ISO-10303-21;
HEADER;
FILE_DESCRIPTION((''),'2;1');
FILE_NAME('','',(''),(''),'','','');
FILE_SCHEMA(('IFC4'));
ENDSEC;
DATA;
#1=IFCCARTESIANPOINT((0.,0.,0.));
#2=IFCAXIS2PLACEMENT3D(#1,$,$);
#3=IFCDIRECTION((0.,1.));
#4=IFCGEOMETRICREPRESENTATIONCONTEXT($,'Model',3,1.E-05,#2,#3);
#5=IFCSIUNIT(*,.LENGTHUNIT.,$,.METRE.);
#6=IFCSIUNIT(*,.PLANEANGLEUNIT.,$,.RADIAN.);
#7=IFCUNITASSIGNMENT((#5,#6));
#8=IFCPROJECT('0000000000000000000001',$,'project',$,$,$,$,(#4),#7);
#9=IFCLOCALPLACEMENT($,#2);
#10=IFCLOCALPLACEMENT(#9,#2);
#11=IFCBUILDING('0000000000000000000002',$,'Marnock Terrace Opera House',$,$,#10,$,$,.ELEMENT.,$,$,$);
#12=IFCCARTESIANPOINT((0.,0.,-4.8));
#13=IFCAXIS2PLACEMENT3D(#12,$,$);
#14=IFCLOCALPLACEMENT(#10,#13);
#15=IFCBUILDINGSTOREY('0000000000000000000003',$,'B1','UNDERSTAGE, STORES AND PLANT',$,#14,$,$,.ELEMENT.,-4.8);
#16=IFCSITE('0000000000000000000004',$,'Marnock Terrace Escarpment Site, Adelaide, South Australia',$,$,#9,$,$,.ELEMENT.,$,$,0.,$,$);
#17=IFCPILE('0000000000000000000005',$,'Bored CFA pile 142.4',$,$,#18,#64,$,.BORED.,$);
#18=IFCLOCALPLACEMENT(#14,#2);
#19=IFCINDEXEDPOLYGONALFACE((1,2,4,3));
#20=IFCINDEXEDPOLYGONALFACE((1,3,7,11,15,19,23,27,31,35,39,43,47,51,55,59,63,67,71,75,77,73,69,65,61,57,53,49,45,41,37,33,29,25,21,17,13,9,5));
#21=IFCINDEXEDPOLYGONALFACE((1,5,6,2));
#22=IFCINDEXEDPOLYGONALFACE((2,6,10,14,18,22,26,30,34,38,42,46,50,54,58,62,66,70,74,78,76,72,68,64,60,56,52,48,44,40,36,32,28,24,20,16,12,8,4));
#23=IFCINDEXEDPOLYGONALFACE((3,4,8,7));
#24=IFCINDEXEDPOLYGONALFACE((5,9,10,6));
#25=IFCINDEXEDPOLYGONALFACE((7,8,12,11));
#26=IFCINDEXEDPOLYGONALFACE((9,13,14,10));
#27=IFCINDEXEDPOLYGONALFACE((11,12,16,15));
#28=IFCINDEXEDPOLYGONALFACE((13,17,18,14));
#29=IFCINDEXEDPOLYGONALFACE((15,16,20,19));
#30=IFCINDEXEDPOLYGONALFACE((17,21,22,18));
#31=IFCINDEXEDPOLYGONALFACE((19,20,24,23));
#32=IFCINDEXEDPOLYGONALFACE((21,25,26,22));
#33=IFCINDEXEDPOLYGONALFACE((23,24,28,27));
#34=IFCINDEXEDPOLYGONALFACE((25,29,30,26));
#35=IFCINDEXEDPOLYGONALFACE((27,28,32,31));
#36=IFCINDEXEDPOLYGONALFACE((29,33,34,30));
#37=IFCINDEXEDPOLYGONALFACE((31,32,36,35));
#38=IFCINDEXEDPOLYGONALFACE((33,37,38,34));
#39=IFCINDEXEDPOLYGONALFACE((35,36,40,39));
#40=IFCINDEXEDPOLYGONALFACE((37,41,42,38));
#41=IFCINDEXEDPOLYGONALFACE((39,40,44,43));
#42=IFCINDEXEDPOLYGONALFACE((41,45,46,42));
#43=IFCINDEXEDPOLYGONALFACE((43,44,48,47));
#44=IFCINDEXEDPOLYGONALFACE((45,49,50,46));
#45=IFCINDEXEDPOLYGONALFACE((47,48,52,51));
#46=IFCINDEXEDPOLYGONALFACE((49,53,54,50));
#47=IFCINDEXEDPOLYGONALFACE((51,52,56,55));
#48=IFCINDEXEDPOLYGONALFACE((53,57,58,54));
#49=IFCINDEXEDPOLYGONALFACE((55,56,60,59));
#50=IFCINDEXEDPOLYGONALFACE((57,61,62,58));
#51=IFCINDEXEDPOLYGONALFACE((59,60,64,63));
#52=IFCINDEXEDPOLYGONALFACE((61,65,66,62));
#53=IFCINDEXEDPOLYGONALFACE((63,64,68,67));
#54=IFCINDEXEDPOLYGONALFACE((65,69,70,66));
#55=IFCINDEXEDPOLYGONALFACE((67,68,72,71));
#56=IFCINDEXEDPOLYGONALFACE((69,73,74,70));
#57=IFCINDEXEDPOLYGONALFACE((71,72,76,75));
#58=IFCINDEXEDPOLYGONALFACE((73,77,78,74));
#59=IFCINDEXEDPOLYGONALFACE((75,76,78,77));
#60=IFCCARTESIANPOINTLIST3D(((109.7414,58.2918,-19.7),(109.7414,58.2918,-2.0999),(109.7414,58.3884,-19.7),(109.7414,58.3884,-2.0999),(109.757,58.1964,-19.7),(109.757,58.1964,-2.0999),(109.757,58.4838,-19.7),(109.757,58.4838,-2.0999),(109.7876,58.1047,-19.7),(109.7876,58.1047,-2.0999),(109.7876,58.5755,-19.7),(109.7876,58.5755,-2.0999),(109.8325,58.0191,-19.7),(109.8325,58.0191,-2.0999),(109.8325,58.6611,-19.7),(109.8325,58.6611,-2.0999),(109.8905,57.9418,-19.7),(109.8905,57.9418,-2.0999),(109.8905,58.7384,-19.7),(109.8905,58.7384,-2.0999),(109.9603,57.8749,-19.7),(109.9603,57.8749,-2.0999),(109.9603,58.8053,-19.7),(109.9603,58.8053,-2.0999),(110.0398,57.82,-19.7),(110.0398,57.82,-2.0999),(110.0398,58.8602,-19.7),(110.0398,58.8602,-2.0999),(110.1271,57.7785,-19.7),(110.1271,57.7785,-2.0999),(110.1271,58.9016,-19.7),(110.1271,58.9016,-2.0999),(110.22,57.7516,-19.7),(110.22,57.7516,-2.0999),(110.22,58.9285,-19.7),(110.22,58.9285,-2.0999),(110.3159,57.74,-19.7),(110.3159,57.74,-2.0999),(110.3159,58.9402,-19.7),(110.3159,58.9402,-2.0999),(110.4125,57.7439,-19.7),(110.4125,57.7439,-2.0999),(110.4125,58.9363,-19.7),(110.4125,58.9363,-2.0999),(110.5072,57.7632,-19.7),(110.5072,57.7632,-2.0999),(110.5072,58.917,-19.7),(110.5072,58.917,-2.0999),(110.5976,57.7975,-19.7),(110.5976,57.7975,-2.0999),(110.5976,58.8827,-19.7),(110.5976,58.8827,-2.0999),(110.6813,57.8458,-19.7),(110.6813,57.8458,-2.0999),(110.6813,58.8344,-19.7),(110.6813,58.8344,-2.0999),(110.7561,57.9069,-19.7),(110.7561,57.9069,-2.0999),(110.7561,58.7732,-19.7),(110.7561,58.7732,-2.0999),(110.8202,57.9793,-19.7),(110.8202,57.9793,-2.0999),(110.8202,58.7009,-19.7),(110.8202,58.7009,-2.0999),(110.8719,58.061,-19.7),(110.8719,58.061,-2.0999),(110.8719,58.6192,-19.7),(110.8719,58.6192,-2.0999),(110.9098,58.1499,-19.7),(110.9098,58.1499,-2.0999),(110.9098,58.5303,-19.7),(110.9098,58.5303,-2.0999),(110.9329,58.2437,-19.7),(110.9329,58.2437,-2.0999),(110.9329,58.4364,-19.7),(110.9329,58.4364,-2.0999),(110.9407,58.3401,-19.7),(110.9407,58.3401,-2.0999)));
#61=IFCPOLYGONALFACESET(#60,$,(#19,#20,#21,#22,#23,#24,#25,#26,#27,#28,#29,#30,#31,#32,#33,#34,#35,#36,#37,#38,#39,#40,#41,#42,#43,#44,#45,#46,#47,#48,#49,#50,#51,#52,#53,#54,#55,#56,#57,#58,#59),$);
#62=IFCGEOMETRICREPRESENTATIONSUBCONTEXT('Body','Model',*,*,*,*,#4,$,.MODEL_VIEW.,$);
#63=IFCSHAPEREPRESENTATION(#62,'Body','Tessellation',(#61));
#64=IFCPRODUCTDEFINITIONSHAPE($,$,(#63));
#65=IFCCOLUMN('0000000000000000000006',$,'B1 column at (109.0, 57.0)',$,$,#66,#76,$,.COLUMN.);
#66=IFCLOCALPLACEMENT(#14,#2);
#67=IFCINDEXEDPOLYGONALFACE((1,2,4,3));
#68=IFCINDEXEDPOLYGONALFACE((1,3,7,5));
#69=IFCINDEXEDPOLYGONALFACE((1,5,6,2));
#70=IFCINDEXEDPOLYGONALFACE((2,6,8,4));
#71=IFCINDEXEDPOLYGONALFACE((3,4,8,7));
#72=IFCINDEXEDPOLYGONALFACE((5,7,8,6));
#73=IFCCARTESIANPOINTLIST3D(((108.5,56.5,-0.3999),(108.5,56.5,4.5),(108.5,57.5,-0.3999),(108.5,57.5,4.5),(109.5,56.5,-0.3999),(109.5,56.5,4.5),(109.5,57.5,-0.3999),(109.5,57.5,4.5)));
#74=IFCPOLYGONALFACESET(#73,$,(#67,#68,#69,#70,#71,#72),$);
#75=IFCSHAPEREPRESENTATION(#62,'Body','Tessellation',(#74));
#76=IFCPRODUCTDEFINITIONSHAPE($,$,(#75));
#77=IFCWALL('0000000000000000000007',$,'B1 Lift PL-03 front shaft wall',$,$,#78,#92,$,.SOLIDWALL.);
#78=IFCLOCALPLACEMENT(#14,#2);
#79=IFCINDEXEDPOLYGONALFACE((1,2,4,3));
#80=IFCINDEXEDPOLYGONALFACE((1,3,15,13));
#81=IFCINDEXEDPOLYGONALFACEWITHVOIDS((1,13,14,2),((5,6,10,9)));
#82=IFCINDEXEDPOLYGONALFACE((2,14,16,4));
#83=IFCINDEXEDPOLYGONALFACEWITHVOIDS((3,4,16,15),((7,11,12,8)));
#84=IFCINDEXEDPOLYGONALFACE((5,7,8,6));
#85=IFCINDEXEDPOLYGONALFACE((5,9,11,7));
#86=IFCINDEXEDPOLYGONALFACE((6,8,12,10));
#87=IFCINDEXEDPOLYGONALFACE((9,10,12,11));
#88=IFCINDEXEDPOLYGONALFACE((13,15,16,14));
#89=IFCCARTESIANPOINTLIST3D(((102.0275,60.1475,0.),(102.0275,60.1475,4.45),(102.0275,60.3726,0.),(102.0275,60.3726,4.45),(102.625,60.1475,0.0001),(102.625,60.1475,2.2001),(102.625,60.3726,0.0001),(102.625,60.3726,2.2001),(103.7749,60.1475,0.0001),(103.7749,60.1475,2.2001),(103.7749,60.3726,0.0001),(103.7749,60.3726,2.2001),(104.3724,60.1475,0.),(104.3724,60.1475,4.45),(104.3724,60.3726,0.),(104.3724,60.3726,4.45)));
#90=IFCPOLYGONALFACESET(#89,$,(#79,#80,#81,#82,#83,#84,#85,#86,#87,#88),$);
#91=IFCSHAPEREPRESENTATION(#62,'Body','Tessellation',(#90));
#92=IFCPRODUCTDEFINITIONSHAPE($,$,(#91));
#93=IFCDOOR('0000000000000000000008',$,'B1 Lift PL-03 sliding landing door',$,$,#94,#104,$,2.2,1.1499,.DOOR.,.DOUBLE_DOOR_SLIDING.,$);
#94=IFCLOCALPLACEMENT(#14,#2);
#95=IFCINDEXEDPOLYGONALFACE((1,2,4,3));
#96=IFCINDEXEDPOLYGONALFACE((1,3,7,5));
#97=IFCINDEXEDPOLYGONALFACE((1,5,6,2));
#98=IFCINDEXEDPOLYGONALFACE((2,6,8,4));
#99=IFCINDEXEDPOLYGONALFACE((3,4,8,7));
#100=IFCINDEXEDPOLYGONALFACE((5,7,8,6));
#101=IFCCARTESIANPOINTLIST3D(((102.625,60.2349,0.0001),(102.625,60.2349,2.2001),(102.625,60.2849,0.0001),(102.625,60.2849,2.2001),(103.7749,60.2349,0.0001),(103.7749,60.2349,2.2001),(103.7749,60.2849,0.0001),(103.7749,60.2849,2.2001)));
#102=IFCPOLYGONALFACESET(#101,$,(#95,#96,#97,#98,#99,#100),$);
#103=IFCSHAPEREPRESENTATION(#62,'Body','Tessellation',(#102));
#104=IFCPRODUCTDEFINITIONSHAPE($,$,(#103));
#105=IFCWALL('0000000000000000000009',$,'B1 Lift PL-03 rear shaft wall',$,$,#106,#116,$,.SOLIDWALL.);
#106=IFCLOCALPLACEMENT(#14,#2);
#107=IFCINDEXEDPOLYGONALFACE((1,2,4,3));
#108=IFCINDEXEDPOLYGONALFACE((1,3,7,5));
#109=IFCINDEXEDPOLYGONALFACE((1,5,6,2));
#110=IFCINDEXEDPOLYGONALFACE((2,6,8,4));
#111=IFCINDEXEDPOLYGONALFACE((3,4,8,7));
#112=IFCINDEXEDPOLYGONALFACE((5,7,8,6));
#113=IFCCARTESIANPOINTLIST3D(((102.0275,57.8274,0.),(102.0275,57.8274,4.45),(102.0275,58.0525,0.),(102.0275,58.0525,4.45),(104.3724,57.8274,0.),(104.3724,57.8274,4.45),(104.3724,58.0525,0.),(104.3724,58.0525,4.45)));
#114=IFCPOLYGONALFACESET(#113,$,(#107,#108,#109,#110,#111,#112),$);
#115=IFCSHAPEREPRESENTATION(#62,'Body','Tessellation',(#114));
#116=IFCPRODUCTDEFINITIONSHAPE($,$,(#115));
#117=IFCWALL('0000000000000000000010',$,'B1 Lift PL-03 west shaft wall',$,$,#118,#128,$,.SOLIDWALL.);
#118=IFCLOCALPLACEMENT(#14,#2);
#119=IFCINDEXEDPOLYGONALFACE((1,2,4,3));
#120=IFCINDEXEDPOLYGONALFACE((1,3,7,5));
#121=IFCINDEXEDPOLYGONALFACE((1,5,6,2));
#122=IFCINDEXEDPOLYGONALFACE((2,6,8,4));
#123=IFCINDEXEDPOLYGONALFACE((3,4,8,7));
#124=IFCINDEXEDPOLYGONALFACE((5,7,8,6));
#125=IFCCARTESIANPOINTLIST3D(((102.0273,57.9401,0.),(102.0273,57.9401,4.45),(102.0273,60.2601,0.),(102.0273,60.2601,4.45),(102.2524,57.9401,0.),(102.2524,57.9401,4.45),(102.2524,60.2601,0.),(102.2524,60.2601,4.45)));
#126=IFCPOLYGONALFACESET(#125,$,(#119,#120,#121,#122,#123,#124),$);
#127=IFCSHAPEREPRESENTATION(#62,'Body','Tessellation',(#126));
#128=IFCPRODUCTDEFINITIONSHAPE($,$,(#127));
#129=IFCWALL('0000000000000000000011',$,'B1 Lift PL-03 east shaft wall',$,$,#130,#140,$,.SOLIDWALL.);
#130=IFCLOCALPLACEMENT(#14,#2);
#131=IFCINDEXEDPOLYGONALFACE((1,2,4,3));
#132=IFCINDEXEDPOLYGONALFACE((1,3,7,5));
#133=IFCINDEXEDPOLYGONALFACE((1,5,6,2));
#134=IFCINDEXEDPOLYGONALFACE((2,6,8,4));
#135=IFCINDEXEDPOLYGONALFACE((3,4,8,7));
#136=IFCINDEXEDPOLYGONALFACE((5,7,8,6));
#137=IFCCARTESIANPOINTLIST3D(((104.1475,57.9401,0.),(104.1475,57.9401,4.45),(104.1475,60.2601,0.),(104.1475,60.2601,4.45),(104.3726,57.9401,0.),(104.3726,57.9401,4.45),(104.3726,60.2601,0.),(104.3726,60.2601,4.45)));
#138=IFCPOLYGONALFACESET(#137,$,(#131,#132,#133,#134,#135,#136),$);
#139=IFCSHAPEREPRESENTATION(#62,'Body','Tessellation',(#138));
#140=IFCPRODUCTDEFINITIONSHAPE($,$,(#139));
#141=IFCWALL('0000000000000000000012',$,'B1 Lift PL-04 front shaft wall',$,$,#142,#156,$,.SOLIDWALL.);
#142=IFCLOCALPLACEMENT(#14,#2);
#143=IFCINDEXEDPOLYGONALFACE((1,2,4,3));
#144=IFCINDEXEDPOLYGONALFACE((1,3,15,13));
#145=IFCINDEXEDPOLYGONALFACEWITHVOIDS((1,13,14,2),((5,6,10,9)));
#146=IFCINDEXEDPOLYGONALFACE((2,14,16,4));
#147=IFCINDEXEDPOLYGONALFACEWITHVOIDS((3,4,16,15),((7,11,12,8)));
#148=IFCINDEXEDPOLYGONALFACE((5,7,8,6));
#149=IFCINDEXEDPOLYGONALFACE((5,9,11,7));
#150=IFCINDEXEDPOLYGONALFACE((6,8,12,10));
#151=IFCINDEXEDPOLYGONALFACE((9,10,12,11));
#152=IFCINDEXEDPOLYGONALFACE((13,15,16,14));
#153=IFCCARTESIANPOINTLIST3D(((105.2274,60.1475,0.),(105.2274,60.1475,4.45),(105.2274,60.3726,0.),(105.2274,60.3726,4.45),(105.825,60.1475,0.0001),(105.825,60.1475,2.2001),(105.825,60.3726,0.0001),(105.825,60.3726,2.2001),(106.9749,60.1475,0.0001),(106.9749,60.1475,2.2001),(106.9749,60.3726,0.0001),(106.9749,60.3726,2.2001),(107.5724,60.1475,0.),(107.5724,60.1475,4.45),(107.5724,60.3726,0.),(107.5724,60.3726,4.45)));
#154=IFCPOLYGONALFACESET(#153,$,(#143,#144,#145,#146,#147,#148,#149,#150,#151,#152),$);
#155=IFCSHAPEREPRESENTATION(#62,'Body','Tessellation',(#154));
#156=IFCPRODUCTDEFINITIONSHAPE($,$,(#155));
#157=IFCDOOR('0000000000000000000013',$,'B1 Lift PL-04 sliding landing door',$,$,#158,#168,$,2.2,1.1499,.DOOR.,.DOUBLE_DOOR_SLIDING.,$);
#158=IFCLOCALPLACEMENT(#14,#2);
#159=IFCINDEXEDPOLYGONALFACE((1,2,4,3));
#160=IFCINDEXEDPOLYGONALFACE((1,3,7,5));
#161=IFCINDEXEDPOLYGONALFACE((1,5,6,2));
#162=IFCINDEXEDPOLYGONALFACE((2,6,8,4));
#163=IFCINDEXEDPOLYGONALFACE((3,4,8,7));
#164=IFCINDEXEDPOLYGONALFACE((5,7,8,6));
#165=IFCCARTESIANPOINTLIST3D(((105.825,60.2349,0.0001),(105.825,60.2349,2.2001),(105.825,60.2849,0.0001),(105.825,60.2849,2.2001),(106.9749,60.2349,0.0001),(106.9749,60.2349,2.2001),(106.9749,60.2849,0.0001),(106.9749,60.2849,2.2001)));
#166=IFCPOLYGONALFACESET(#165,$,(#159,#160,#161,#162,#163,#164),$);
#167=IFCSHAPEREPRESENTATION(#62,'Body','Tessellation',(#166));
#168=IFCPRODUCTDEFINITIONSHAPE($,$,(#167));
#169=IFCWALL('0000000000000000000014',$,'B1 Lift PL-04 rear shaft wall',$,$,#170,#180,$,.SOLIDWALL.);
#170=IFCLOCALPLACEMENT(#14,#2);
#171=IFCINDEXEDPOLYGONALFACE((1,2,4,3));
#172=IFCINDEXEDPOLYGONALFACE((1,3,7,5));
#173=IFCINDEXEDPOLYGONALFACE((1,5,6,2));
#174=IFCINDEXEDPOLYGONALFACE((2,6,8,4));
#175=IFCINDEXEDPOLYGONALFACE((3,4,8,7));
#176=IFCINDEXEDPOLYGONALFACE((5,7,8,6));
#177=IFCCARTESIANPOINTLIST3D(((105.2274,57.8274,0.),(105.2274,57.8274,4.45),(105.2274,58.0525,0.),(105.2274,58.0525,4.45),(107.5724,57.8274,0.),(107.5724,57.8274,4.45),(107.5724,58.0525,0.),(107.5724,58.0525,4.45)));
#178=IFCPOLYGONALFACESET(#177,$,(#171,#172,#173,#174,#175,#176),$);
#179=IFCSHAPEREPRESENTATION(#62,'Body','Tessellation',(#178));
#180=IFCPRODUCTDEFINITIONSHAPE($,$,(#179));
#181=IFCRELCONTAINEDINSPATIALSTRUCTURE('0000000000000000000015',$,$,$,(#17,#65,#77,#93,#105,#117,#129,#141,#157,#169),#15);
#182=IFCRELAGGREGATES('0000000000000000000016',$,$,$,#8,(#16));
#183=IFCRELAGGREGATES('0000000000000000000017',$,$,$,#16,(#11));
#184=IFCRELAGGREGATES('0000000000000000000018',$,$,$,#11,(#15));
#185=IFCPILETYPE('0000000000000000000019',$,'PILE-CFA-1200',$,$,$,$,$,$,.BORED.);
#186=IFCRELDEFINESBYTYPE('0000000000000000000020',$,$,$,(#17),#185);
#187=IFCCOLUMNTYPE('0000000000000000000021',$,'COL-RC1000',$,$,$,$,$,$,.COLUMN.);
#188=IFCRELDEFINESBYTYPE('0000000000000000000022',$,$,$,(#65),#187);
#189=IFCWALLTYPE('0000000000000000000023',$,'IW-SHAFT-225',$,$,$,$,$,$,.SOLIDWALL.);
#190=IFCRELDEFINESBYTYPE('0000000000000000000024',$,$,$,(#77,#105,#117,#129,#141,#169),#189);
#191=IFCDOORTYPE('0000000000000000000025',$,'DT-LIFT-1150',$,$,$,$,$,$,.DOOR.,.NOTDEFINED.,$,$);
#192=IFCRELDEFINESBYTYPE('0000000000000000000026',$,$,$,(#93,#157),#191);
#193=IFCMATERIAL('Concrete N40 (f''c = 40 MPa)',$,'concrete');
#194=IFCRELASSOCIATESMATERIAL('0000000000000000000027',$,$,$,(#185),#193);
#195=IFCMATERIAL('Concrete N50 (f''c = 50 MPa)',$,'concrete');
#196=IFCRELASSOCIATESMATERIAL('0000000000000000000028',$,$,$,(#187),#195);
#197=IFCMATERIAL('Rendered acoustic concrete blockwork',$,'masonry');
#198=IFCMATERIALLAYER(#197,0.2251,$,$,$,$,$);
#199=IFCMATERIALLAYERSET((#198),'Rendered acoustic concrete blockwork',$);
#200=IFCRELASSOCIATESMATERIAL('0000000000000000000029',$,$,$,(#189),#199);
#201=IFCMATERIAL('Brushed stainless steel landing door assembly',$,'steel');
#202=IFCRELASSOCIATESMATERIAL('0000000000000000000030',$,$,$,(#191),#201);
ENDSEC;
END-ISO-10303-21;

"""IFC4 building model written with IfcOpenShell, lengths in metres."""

from ifc_helpers import new_model, si_unit, direction, frame, frame_2d, origin, origin_2d, place, context, subcontext, project, spatial, rectangle, circle, extrude, material, layer, layer_set, material_profile, profile_set, type_object, element, fill, save


model = new_model("IFC4")

# Units and contexts
model_context = context("Model", 3, precision=1e-05, world=origin(), true_north=direction((0.0, 1.0)))
body_context = subcontext(model_context, "Body", "Model", "MODEL_VIEW")
ifc_project = project(units=[si_unit("LENGTHUNIT", "METRE"), si_unit("PLANEANGLEUNIT", "RADIAN")], contexts=[model_context])

# Site, building, storey
site_placement = place(None, origin())
site = spatial("IfcSite", under=ifc_project, at=site_placement, Name="Marnock Terrace Escarpment Site, Adelaide, South Australia", CompositionType="ELEMENT", RefElevation=0.0)
building_placement = place(site_placement, origin())
building = spatial("IfcBuilding", under=site, at=building_placement, Name="Marnock Terrace Opera House", CompositionType="ELEMENT")
storey_placement = place(building_placement, frame((0.0, 0.0, -4.8)))
storey = spatial("IfcBuildingStorey", under=building, at=storey_placement, Name="B1", Description="UNDERSTAGE, STORES AND PLANT", CompositionType="ELEMENT", Elevation=-4.8)

# Shared definitions
ifc_material_1 = material(Name="Concrete N40 (f'c = 40 MPa)", Category="concrete")

# Pile
ifc_material_profile_1 = material_profile(ifc_material_1, circle(Radius=0.6006, at=origin_2d()))
ifc_profile_set_1 = profile_set([ifc_material_profile_1], Name="Concrete N40 (f'c = 40 MPa)")
pile_type = type_object("IfcPileType", Name="PILE-CFA-1200", PredefinedType="BORED", material=ifc_profile_set_1)
for number, where, z_axis, x_axis, name in (
    (1, (110.3401, 58.3401, -2.0999), (0.0, 0.0, -1.0), (1.0, 0.0, 0.0), "Bored CFA pile 142.4"),
):
    element("IfcPile", number, at=place(storey_placement, frame(where, z_axis=z_axis, x_axis=x_axis)), inside=storey, type_object=pile_type, Name=name, PredefinedType="BORED", context=body_context, shape_type="SweptSolid", body=[
        extrude(circle(Radius=0.6006, at=origin_2d()), origin(), (0.0, 0.0, 1.0), 17.6001),
    ])

# Column
ifc_material_2 = material(Name="Concrete N50 (f'c = 50 MPa)", Category="concrete")
ifc_material_profile_2 = material_profile(ifc_material_2, rectangle(XDim=1.0, YDim=1.0, at=origin_2d()))
ifc_profile_set_2 = profile_set([ifc_material_profile_2], Name="Concrete N50 (f'c = 50 MPa)")
column_type = type_object("IfcColumnType", Name="COL-RC1000", PredefinedType="COLUMN", material=ifc_profile_set_2)
column_placement = place(storey_placement, frame((109.0, 57.0, -0.3999), z_axis=(0.0, 0.0, 1.0), x_axis=(1.0, 0.0, 0.0)))
element("IfcColumn", 2, at=column_placement, inside=storey, type_object=column_type, Name="B1 column at (109.0, 57.0)", PredefinedType="COLUMN", context=body_context, shape_type="SweptSolid", body=[
    extrude(rectangle(XDim=1.0, YDim=1.0, at=origin_2d()), origin(), (0.0, 0.0, 1.0), 4.8999),
])

# Wall, opening, door
ifc_material_3 = material(Name="Rendered acoustic concrete blockwork", Category="masonry")
ifc_layer_1 = layer(ifc_material_3, 0.2251)
ifc_layer_set_1 = layer_set([ifc_layer_1], Name="Rendered acoustic concrete blockwork")
wall_type_1 = type_object("IfcWallType", Name="IW-SHAFT-225", PredefinedType="SOLIDWALL", material=ifc_layer_set_1)
wall_1_placement = place(storey_placement, frame((102.0276, 60.26, 0.0), z_axis=(0.0, 0.0, 1.0), x_axis=(1.0, 0.0, 0.0)))
wall_1 = element("IfcWall", 3, at=wall_1_placement, inside=storey, type_object=wall_type_1, Name="B1 Lift PL-03 front shaft wall", PredefinedType="SOLIDWALL", context=body_context, shape_type="SweptSolid", body=[
    extrude(rectangle(XDim=2.345, YDim=0.2251, at=frame_2d((1.1724, 0.0))), origin(), (0.0, 0.0, 1.0), 4.45),
])
opening_1_placement = place(wall_1_placement, frame((0.5974, 0.0, 0.0)))
opening_1 = element("IfcOpeningElement", 4, at=opening_1_placement, cuts=wall_1, PredefinedType="OPENING", context=body_context, shape_type="SweptSolid", body=[
    extrude(rectangle(XDim=1.1499, YDim=2.2, at=frame_2d((0.575, 1.1001))), frame((0.0, 0.1226, 0.0), z_axis=(0.0, -1.0, 0.0), x_axis=(1.0, 0.0, 0.0)), (0.0, 0.0, 1.0), 0.2451),
])
ifc_material_4 = material(Name="Brushed stainless steel landing door assembly", Category="steel")
door_type = type_object("IfcDoorType", Name="DT-LIFT-1150", OperationType="NOTDEFINED", PredefinedType="DOOR", material=ifc_material_4)
door_1_placement = place(opening_1_placement, origin())
door_1 = element("IfcDoor", 5, at=door_1_placement, inside=storey, type_object=door_type, Name="B1 Lift PL-03 sliding landing door", OperationType="DOUBLE_DOOR_SLIDING", OverallHeight=2.2, OverallWidth=1.1499, PredefinedType="DOOR", context=body_context, shape_type="SweptSolid", body=[
    extrude(rectangle(XDim=1.1499, YDim=2.2, at=frame_2d((0.575, 1.1001))), frame((0.0, 0.0249, 0.0), z_axis=(0.0, -1.0, 0.0), x_axis=(1.0, 0.0, 0.0)), (0.0, 0.0, 1.0), 0.05),
])
fill(opening_1, door_1)

# Walls
wall_2_placement = place(storey_placement, frame((102.0276, 57.9399, 0.0), z_axis=(0.0, 0.0, 1.0), x_axis=(1.0, 0.0, 0.0)))
element("IfcWall", 6, at=wall_2_placement, inside=storey, type_object=wall_type_1, Name="B1 Lift PL-03 rear shaft wall", PredefinedType="SOLIDWALL", context=body_context, shape_type="SweptSolid", body=[
    extrude(rectangle(XDim=2.345, YDim=0.2251, at=frame_2d((1.1724, 0.0))), origin(), (0.0, 0.0, 1.0), 4.45),
])
for number, where, z_axis, x_axis, name in (
    (7, (102.1399, 57.9399, 0.0), (0.0, 0.0, 1.0), (0.0, 1.0, 0.0), "B1 Lift PL-03 west shaft wall"),
    (8, (104.26, 57.9399, 0.0), (0.0, 0.0, 1.0), (0.0, 1.0, 0.0), "B1 Lift PL-03 east shaft wall"),
):
    element("IfcWall", number, at=place(storey_placement, frame(where, z_axis=z_axis, x_axis=x_axis)), inside=storey, type_object=wall_type_1, Name=name, PredefinedType="SOLIDWALL", context=body_context, shape_type="SweptSolid", body=[
        extrude(rectangle(XDim=2.3201, YDim=0.2251, at=frame_2d((1.1602, 0.0))), origin(), (0.0, 0.0, 1.0), 4.45),
    ])

# Wall, opening, door
wall_3_placement = place(storey_placement, frame((105.2275, 60.26, 0.0), z_axis=(0.0, 0.0, 1.0), x_axis=(1.0, 0.0, 0.0)))
wall_3 = element("IfcWall", 9, at=wall_3_placement, inside=storey, type_object=wall_type_1, Name="B1 Lift PL-04 front shaft wall", PredefinedType="SOLIDWALL", context=body_context, shape_type="SweptSolid", body=[
    extrude(rectangle(XDim=2.345, YDim=0.2251, at=frame_2d((1.1724, 0.0))), origin(), (0.0, 0.0, 1.0), 4.45),
])
opening_2_placement = place(wall_3_placement, frame((0.5974, 0.0, 0.0)))
opening_2 = element("IfcOpeningElement", 10, at=opening_2_placement, cuts=wall_3, PredefinedType="OPENING", context=body_context, shape_type="SweptSolid", body=[
    extrude(rectangle(XDim=1.1499, YDim=2.2, at=frame_2d((0.575, 1.1001))), frame((0.0, 0.1226, 0.0), z_axis=(0.0, -1.0, 0.0), x_axis=(1.0, 0.0, 0.0)), (0.0, 0.0, 1.0), 0.2451),
])
door_2_placement = place(opening_2_placement, origin())
door_2 = element("IfcDoor", 11, at=door_2_placement, inside=storey, type_object=door_type, Name="B1 Lift PL-04 sliding landing door", OperationType="DOUBLE_DOOR_SLIDING", OverallHeight=2.2, OverallWidth=1.1499, PredefinedType="DOOR", context=body_context, shape_type="SweptSolid", body=[
    extrude(rectangle(XDim=1.1499, YDim=2.2, at=frame_2d((0.575, 1.1001))), frame((0.0, 0.0249, 0.0), z_axis=(0.0, -1.0, 0.0), x_axis=(1.0, 0.0, 0.0)), (0.0, 0.0, 1.0), 0.05),
])
fill(opening_2, door_2)

# Wall
wall_4_placement = place(storey_placement, frame((105.2275, 57.9399, 0.0), z_axis=(0.0, 0.0, 1.0), x_axis=(1.0, 0.0, 0.0)))
element("IfcWall", 12, at=wall_4_placement, inside=storey, type_object=wall_type_1, Name="B1 Lift PL-04 rear shaft wall", PredefinedType="SOLIDWALL", context=body_context, shape_type="SweptSolid", body=[
    extrude(rectangle(XDim=2.345, YDim=0.2251, at=frame_2d((1.1724, 0.0))), origin(), (0.0, 0.0, 1.0), 4.45),
])

save(model, "model.ifc")
